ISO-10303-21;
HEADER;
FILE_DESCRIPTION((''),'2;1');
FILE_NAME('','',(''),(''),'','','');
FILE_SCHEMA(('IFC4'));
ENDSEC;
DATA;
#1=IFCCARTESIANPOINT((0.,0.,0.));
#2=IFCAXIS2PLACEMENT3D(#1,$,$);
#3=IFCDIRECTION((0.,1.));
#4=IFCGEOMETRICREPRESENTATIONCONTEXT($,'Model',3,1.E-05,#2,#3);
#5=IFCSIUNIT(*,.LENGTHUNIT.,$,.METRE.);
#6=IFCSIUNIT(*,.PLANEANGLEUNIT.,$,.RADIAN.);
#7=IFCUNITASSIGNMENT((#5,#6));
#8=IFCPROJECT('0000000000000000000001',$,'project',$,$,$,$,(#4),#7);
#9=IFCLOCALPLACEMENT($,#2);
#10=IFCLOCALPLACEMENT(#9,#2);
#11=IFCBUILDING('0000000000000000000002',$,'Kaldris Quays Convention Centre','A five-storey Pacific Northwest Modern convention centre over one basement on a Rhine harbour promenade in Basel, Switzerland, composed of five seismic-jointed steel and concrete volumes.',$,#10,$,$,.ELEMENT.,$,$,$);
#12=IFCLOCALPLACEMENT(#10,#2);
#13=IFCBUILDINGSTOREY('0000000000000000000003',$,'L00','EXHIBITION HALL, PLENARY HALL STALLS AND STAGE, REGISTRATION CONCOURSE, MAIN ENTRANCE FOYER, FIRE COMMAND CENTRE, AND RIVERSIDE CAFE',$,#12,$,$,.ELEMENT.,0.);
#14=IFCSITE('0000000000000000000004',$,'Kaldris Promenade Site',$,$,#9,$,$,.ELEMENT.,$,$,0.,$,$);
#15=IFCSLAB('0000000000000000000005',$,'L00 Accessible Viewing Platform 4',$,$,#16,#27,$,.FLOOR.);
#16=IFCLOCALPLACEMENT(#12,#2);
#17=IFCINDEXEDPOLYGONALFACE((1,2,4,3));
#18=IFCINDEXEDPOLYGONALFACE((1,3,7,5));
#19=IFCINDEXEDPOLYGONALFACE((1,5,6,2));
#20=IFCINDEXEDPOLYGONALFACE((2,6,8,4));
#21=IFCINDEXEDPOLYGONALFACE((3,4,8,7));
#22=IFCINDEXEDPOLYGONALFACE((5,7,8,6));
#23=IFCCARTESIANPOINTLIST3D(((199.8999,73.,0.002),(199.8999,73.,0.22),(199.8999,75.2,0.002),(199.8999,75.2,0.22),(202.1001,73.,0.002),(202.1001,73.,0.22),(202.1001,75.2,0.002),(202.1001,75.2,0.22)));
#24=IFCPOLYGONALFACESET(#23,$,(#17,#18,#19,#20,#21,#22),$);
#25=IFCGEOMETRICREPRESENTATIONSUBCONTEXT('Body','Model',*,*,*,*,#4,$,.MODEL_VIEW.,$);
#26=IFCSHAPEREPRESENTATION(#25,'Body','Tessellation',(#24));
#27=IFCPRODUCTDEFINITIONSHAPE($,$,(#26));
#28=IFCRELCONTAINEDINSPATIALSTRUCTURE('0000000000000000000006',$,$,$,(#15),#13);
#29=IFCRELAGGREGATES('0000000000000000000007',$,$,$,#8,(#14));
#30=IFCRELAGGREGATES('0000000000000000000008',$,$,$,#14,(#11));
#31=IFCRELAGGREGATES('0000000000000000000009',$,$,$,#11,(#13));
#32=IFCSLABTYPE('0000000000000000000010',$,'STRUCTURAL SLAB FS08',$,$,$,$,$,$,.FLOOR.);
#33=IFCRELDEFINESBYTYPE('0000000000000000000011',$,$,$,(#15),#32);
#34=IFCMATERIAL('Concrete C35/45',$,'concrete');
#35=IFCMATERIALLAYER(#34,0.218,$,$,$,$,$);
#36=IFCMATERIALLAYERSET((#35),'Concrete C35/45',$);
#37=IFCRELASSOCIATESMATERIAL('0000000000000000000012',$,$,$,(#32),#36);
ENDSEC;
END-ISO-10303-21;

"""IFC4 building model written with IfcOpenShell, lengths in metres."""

from ifc_helpers import new_model, si_unit, direction, frame, origin, place, context, subcontext, project, spatial, polyline, outline, extrude, material, layer, layer_set, type_object, element, save


model = new_model("IFC4")

# Units and contexts
model_context = context("Model", 3, precision=1e-05, world=origin(), true_north=direction((0.0, 1.0)))
body_context = subcontext(model_context, "Body", "Model", "MODEL_VIEW")
ifc_project = project(units=[si_unit("LENGTHUNIT", "METRE"), si_unit("PLANEANGLEUNIT", "RADIAN")], contexts=[model_context])

# Site, building, storey
site_placement = place(None, origin())
site = spatial("IfcSite", under=ifc_project, at=site_placement, Name="Kaldris Promenade Site", CompositionType="ELEMENT", RefElevation=0.0)
building_placement = place(site_placement, origin())
building = spatial("IfcBuilding", under=site, at=building_placement, Name="Kaldris Quays Convention Centre", Description="A five-storey Pacific Northwest Modern convention centre over one basement on a Rhine harbour promenade in Basel, Switzerland, composed of five seismic-jointed steel and concrete volumes.", CompositionType="ELEMENT")
storey_placement = place(building_placement, origin())
storey = spatial("IfcBuildingStorey", under=building, at=storey_placement, Name="L00", Description="EXHIBITION HALL, PLENARY HALL STALLS AND STAGE, REGISTRATION CONCOURSE, MAIN ENTRANCE FOYER, FIRE COMMAND CENTRE, AND RIVERSIDE CAFE", CompositionType="ELEMENT", Elevation=0.0)

# Slab
ifc_material = material(Name="Concrete C35/45", Category="concrete")
ifc_layer_1 = layer(ifc_material, 0.218)
ifc_layer_set_1 = layer_set([ifc_layer_1], Name="Concrete C35/45")
slab_type_1 = type_object("IfcSlabType", Name="STRUCTURAL SLAB FS08", PredefinedType="FLOOR", material=ifc_layer_set_1)
slab_1_placement = place(storey_placement, frame((0.0, 0.0, 0.002)))
element("IfcSlab", 1, at=slab_1_placement, inside=storey, type_object=slab_type_1, Name="L00 Accessible Viewing Platform 4", PredefinedType="FLOOR", context=body_context, shape_type="SweptSolid", body=[
    extrude(outline(polyline([(199.8999, 73.0), (202.1001, 73.0), (202.1001, 75.2), (199.8999, 75.2), (199.8999, 73.0)])), origin(), (0.0, 0.0, 1.0), 0.218),
])

save(model, "model.ifc")
